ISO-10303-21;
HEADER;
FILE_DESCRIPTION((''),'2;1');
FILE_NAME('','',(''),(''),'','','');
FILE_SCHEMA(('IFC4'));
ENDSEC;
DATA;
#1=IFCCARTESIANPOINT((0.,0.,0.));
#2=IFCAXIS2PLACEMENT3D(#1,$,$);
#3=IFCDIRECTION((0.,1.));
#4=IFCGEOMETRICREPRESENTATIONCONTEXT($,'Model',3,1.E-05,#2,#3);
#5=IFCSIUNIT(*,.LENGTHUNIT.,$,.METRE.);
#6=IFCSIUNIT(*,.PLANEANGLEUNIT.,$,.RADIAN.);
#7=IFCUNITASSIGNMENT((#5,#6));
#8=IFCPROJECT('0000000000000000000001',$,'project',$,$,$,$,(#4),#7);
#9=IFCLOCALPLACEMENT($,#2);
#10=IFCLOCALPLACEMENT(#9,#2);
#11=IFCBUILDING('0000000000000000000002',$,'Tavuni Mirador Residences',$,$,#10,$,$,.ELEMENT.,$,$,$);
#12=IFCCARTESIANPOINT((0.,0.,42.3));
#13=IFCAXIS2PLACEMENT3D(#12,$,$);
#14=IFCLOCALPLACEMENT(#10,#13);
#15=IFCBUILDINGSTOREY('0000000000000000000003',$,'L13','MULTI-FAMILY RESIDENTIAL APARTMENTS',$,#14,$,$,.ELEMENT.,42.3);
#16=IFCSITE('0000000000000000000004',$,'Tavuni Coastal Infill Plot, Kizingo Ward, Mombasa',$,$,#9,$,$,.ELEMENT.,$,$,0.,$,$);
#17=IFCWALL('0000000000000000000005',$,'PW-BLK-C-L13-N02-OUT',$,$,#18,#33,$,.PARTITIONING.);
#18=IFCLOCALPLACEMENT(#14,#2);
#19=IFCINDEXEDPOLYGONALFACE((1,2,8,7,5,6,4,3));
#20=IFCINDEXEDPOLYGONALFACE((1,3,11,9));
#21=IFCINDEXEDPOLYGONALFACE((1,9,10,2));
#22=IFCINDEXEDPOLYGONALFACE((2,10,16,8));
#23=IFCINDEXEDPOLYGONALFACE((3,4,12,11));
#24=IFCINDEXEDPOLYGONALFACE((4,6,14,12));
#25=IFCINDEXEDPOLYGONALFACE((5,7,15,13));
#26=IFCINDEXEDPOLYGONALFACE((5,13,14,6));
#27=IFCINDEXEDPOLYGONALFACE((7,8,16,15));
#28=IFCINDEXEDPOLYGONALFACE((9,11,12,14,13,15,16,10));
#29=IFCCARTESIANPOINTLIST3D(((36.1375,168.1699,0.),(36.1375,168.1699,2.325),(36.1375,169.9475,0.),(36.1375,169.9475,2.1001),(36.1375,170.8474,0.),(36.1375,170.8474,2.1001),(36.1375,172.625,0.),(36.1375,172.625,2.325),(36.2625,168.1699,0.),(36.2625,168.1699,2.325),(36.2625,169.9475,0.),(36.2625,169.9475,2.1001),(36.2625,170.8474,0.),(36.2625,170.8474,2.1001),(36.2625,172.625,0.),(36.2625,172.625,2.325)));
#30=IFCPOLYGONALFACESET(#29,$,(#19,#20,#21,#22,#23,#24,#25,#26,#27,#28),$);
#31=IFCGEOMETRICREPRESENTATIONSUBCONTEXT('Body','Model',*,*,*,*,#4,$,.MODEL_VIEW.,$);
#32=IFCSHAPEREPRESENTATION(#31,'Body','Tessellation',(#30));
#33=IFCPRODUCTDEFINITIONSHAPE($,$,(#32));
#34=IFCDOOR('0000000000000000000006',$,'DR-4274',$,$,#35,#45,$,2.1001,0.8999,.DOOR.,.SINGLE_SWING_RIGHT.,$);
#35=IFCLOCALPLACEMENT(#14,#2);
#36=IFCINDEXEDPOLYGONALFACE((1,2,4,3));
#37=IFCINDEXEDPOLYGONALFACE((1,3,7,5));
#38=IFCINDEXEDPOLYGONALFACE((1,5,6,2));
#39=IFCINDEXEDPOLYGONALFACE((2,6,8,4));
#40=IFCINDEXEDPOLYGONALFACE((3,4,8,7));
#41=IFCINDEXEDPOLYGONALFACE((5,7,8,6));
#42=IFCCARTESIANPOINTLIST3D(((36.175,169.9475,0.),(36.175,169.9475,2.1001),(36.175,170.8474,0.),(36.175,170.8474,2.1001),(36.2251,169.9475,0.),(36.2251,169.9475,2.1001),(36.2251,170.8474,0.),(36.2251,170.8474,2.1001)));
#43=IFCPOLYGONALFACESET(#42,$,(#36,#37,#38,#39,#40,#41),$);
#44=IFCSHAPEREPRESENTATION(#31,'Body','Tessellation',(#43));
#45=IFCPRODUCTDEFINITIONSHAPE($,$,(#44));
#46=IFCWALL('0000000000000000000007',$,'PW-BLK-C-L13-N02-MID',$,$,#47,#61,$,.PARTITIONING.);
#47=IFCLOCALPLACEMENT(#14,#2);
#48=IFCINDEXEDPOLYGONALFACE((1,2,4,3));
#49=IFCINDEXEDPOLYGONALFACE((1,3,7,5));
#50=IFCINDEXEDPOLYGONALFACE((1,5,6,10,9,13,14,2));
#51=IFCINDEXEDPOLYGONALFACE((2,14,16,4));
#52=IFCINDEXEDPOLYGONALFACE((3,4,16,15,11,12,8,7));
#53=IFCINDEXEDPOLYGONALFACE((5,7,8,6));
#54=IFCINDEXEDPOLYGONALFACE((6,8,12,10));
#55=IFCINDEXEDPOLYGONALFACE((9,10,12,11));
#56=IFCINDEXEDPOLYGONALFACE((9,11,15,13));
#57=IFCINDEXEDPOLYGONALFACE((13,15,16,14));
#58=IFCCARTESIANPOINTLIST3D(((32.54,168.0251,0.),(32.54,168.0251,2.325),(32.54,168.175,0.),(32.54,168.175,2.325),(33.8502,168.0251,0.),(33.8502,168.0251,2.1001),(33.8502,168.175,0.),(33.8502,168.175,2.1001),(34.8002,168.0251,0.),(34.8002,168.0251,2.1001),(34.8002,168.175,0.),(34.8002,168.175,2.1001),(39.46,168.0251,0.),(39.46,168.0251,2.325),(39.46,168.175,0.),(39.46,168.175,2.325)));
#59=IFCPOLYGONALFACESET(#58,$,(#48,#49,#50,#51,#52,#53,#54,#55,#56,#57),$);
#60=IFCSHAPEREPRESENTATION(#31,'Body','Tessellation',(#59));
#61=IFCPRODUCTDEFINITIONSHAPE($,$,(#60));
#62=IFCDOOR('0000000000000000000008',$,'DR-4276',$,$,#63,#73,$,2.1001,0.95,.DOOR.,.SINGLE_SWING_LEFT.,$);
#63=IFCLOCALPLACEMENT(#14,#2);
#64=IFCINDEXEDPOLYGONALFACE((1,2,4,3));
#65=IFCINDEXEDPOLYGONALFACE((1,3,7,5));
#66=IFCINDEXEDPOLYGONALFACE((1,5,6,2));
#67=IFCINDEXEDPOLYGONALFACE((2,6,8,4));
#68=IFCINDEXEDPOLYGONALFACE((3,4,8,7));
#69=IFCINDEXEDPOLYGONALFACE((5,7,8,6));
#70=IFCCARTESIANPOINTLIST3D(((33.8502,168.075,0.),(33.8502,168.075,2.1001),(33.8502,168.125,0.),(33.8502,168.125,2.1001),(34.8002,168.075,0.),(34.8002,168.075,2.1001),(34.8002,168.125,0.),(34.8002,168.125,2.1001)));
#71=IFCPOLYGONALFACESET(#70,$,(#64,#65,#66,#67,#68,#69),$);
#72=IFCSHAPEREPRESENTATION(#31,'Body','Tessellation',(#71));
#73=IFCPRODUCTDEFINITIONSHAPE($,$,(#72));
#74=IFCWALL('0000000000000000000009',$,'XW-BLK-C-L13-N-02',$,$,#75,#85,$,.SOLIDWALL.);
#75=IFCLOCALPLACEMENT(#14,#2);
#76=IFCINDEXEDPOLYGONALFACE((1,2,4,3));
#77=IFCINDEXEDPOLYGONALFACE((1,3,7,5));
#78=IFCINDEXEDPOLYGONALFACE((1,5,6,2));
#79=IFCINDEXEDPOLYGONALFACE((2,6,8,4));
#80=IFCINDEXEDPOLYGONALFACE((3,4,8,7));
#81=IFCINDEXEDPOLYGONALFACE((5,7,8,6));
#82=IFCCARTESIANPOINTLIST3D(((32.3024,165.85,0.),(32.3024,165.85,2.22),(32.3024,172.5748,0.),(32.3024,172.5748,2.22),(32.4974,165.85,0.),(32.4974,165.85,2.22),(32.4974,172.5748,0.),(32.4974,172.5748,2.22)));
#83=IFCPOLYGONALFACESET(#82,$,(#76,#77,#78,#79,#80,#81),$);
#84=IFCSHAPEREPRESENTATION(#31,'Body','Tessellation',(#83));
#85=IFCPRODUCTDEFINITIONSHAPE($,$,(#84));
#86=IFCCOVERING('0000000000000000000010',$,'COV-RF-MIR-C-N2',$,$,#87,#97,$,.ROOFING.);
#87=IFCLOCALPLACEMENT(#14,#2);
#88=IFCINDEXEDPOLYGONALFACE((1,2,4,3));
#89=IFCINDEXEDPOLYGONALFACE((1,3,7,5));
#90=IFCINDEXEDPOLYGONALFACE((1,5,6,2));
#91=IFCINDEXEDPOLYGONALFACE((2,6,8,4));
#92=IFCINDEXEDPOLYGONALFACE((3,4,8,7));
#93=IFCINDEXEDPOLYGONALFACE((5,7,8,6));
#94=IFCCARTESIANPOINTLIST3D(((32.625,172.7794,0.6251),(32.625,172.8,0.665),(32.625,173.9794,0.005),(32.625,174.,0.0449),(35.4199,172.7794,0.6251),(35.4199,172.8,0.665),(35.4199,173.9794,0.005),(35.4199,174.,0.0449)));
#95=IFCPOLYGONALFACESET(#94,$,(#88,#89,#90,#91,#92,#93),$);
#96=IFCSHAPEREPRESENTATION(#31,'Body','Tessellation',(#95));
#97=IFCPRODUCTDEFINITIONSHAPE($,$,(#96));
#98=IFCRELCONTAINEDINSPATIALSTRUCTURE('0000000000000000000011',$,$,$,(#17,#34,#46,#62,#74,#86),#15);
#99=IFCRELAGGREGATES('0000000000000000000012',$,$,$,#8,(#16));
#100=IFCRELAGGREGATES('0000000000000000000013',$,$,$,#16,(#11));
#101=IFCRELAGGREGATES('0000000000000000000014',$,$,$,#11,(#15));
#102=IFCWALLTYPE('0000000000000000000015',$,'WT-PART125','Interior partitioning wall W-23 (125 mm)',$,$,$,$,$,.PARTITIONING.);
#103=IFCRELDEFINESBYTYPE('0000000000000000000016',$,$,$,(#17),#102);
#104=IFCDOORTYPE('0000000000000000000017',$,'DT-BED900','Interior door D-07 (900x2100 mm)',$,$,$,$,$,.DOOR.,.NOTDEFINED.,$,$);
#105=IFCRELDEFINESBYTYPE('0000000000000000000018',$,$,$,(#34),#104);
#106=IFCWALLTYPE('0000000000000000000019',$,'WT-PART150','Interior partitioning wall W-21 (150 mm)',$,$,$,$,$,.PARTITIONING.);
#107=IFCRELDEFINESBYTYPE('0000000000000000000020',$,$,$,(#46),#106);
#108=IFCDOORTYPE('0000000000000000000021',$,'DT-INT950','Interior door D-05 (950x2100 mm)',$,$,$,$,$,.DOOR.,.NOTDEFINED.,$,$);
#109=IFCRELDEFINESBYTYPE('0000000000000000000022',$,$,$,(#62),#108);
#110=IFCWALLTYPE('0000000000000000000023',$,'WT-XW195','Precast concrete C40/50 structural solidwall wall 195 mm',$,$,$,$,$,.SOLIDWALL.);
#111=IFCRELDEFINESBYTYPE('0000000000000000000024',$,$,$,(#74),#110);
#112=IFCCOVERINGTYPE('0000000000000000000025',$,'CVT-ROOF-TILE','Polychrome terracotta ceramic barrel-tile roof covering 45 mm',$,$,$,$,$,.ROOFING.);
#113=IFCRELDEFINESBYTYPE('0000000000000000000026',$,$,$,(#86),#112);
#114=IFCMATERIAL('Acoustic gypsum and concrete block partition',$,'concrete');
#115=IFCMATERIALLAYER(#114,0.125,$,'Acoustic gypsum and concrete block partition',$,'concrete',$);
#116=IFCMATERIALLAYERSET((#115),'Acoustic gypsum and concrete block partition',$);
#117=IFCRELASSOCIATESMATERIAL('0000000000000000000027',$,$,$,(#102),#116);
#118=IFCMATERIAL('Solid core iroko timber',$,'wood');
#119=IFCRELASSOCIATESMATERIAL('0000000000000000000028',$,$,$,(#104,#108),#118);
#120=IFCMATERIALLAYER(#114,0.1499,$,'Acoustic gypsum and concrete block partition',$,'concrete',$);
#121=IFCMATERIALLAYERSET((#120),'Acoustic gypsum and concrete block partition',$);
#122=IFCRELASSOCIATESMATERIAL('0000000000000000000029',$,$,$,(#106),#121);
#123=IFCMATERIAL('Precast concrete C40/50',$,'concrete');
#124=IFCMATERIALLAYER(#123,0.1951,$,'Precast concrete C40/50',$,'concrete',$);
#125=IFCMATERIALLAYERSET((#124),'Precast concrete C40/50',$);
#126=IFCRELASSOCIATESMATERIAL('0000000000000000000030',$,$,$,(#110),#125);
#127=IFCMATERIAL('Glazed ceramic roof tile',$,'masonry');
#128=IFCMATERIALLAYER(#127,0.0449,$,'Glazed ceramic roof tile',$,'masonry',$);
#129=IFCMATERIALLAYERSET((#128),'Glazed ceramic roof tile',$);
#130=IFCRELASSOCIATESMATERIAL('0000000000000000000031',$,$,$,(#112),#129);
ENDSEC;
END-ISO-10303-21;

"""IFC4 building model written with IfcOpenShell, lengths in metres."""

from ifc_helpers import new_model, si_unit, direction, frame, frame_2d, origin, place, context, subcontext, project, spatial, polyline, rectangle, outline, extrude, material, layer, layer_set, type_object, element, fill, save


model = new_model("IFC4")

# Units and contexts
model_context = context("Model", 3, precision=1e-05, world=origin(), true_north=direction((0.0, 1.0)))
body_context = subcontext(model_context, "Body", "Model", "MODEL_VIEW")
ifc_project = project(units=[si_unit("LENGTHUNIT", "METRE"), si_unit("PLANEANGLEUNIT", "RADIAN")], contexts=[model_context])

# Site, building, storey
site_placement = place(None, origin())
site = spatial("IfcSite", under=ifc_project, at=site_placement, Name="Tavuni Coastal Infill Plot, Kizingo Ward, Mombasa", CompositionType="ELEMENT", RefElevation=0.0)
building_placement = place(site_placement, origin())
building = spatial("IfcBuilding", under=site, at=building_placement, Name="Tavuni Mirador Residences", CompositionType="ELEMENT")
storey_placement = place(building_placement, frame((0.0, 0.0, 42.3)))
storey = spatial("IfcBuildingStorey", under=building, at=storey_placement, Name="L13", Description="MULTI-FAMILY RESIDENTIAL APARTMENTS", CompositionType="ELEMENT", Elevation=42.3)

# Shared definitions
ifc_material_1 = material(Name="Precast concrete C40/50", Category="concrete")

# Walls, openings, doors
ifc_material_2 = material(Name="Acoustic gypsum and concrete block partition", Category="concrete")
ifc_material_3 = material(Name="Solid core iroko timber", Category="wood")
ifc_layer_1 = layer(ifc_material_2, 0.125, Name="Acoustic gypsum and concrete block partition", Category="concrete")
ifc_layer_set_1 = layer_set([ifc_layer_1], Name="Acoustic gypsum and concrete block partition")
wall_type_1 = type_object("IfcWallType", Name="WT-PART125", Description="Interior partitioning wall W-23 (125 mm)", PredefinedType="PARTITIONING", material=ifc_layer_set_1)
wall_1_placement = place(storey_placement, frame((36.2, 168.1699, 0.0), z_axis=(0.0, 0.0, 1.0), x_axis=(0.0, 1.0, 0.0)))
wall_1 = element("IfcWall", 1, at=wall_1_placement, inside=storey, type_object=wall_type_1, Name="PW-BLK-C-L13-N02-OUT", PredefinedType="PARTITIONING", context=body_context, shape_type="SweptSolid", body=[
    extrude(rectangle(XDim=4.4551, YDim=0.125, at=frame_2d((2.2275, 0.0))), origin(), (0.0, 0.0, 1.0), 2.325),
])
opening_1_placement = place(wall_1_placement, frame((1.7776, 0.0, 0.0)))
opening_1 = element("IfcOpeningElement", 2, at=opening_1_placement, cuts=wall_1, PredefinedType="OPENING", context=body_context, shape_type="SweptSolid", body=[
    extrude(rectangle(XDim=0.8999, YDim=2.1001, at=frame_2d((0.45, 1.05))), frame((0.0, 0.0725, 0.0), z_axis=(0.0, -1.0, 0.0), x_axis=(1.0, 0.0, 0.0)), (0.0, 0.0, 1.0), 0.145),
])
door_type_1 = type_object("IfcDoorType", Name="DT-BED900", Description="Interior door D-07 (900x2100 mm)", OperationType="NOTDEFINED", PredefinedType="DOOR", material=ifc_material_3)
door_1_placement = place(opening_1_placement, origin())
door_1 = element("IfcDoor", 3, at=door_1_placement, inside=storey, type_object=door_type_1, Name="DR-4274", OperationType="SINGLE_SWING_RIGHT", OverallHeight=2.1001, OverallWidth=0.8999, PredefinedType="DOOR", context=body_context, shape_type="SweptSolid", body=[
    extrude(rectangle(XDim=0.8999, YDim=2.1001, at=frame_2d((0.45, 1.05))), frame((0.0, 0.0249, 0.0), z_axis=(0.0, -1.0, 0.0), x_axis=(1.0, 0.0, 0.0)), (0.0, 0.0, 1.0), 0.05),
])
fill(opening_1, door_1)
ifc_layer_2 = layer(ifc_material_2, 0.1499, Name="Acoustic gypsum and concrete block partition", Category="concrete")
ifc_layer_set_2 = layer_set([ifc_layer_2], Name="Acoustic gypsum and concrete block partition")
wall_type_2 = type_object("IfcWallType", Name="WT-PART150", Description="Interior partitioning wall W-21 (150 mm)", PredefinedType="PARTITIONING", material=ifc_layer_set_2)
wall_2_placement = place(storey_placement, frame((32.54, 168.1001, 0.0), z_axis=(0.0, 0.0, 1.0), x_axis=(1.0, 0.0, 0.0)))
wall_2 = element("IfcWall", 4, at=wall_2_placement, inside=storey, type_object=wall_type_2, Name="PW-BLK-C-L13-N02-MID", PredefinedType="PARTITIONING", context=body_context, shape_type="SweptSolid", body=[
    extrude(rectangle(XDim=6.9199, YDim=0.1499, at=frame_2d((3.46, 0.0))), origin(), (0.0, 0.0, 1.0), 2.325),
])
opening_2_placement = place(wall_2_placement, frame((1.3101, 0.0, 0.0)))
opening_2 = element("IfcOpeningElement", 5, at=opening_2_placement, cuts=wall_2, PredefinedType="OPENING", context=body_context, shape_type="SweptSolid", body=[
    extrude(rectangle(XDim=0.95, YDim=2.1001, at=frame_2d((0.4751, 1.05))), frame((0.0, 0.085, 0.0), z_axis=(0.0, -1.0, 0.0), x_axis=(1.0, 0.0, 0.0)), (0.0, 0.0, 1.0), 0.1699),
])
door_type_2 = type_object("IfcDoorType", Name="DT-INT950", Description="Interior door D-05 (950x2100 mm)", OperationType="NOTDEFINED", PredefinedType="DOOR", material=ifc_material_3)
door_2_placement = place(opening_2_placement, origin())
door_2 = element("IfcDoor", 6, at=door_2_placement, inside=storey, type_object=door_type_2, Name="DR-4276", OperationType="SINGLE_SWING_LEFT", OverallHeight=2.1001, OverallWidth=0.95, PredefinedType="DOOR", context=body_context, shape_type="SweptSolid", body=[
    extrude(rectangle(XDim=0.95, YDim=2.1001, at=frame_2d((0.4751, 1.05))), frame((0.0, 0.0249, 0.0), z_axis=(0.0, -1.0, 0.0), x_axis=(1.0, 0.0, 0.0)), (0.0, 0.0, 1.0), 0.05),
])
fill(opening_2, door_2)

# Wall
ifc_layer_3 = layer(ifc_material_1, 0.1951, Name="Precast concrete C40/50", Category="concrete")
ifc_layer_set_3 = layer_set([ifc_layer_3], Name="Precast concrete C40/50")
wall_type_3 = type_object("IfcWallType", Name="WT-XW195", Description="Precast concrete C40/50 structural solidwall wall 195 mm", PredefinedType="SOLIDWALL", material=ifc_layer_set_3)
wall_3_placement = place(storey_placement, frame((32.3999, 165.8501, 0.0), z_axis=(0.0, 0.0, 1.0), x_axis=(0.0, 1.0, 0.0)))
element("IfcWall", 7, at=wall_3_placement, inside=storey, type_object=wall_type_3, Name="XW-BLK-C-L13-N-02", PredefinedType="SOLIDWALL", context=body_context, shape_type="SweptSolid", body=[
    extrude(rectangle(XDim=6.7249, YDim=0.1951, at=frame_2d((3.3623, 0.0))), origin(), (0.0, 0.0, 1.0), 2.22),
])

# Covering
ifc_material_4 = material(Name="Glazed ceramic roof tile", Category="masonry")
ifc_layer_4 = layer(ifc_material_4, 0.0449, Name="Glazed ceramic roof tile", Category="masonry")
ifc_layer_set_4 = layer_set([ifc_layer_4], Name="Glazed ceramic roof tile")
covering_type = type_object("IfcCoveringType", Name="CVT-ROOF-TILE", Description="Polychrome terracotta ceramic barrel-tile roof covering 45 mm", PredefinedType="ROOFING", material=ifc_layer_set_4)
covering_placement = place(storey_placement, frame((32.625, 172.8, 0.665), z_axis=(0.0, 0.459103, 0.888383), x_axis=(1.0, 0.0, 0.0)))
element("IfcCovering", 8, at=covering_placement, inside=storey, type_object=covering_type, Name="COV-RF-MIR-C-N2", PredefinedType="ROOFING", context=body_context, shape_type="SweptSolid", body=[
    extrude(outline(polyline([(0.0, 0.0), (2.7949, 0.0), (2.7949, 1.3507), (0.0, 1.3507), (0.0, 0.0)])), origin(), (0.0, 0.0, -1.0), 0.0449),
])

save(model, "model.ifc")
